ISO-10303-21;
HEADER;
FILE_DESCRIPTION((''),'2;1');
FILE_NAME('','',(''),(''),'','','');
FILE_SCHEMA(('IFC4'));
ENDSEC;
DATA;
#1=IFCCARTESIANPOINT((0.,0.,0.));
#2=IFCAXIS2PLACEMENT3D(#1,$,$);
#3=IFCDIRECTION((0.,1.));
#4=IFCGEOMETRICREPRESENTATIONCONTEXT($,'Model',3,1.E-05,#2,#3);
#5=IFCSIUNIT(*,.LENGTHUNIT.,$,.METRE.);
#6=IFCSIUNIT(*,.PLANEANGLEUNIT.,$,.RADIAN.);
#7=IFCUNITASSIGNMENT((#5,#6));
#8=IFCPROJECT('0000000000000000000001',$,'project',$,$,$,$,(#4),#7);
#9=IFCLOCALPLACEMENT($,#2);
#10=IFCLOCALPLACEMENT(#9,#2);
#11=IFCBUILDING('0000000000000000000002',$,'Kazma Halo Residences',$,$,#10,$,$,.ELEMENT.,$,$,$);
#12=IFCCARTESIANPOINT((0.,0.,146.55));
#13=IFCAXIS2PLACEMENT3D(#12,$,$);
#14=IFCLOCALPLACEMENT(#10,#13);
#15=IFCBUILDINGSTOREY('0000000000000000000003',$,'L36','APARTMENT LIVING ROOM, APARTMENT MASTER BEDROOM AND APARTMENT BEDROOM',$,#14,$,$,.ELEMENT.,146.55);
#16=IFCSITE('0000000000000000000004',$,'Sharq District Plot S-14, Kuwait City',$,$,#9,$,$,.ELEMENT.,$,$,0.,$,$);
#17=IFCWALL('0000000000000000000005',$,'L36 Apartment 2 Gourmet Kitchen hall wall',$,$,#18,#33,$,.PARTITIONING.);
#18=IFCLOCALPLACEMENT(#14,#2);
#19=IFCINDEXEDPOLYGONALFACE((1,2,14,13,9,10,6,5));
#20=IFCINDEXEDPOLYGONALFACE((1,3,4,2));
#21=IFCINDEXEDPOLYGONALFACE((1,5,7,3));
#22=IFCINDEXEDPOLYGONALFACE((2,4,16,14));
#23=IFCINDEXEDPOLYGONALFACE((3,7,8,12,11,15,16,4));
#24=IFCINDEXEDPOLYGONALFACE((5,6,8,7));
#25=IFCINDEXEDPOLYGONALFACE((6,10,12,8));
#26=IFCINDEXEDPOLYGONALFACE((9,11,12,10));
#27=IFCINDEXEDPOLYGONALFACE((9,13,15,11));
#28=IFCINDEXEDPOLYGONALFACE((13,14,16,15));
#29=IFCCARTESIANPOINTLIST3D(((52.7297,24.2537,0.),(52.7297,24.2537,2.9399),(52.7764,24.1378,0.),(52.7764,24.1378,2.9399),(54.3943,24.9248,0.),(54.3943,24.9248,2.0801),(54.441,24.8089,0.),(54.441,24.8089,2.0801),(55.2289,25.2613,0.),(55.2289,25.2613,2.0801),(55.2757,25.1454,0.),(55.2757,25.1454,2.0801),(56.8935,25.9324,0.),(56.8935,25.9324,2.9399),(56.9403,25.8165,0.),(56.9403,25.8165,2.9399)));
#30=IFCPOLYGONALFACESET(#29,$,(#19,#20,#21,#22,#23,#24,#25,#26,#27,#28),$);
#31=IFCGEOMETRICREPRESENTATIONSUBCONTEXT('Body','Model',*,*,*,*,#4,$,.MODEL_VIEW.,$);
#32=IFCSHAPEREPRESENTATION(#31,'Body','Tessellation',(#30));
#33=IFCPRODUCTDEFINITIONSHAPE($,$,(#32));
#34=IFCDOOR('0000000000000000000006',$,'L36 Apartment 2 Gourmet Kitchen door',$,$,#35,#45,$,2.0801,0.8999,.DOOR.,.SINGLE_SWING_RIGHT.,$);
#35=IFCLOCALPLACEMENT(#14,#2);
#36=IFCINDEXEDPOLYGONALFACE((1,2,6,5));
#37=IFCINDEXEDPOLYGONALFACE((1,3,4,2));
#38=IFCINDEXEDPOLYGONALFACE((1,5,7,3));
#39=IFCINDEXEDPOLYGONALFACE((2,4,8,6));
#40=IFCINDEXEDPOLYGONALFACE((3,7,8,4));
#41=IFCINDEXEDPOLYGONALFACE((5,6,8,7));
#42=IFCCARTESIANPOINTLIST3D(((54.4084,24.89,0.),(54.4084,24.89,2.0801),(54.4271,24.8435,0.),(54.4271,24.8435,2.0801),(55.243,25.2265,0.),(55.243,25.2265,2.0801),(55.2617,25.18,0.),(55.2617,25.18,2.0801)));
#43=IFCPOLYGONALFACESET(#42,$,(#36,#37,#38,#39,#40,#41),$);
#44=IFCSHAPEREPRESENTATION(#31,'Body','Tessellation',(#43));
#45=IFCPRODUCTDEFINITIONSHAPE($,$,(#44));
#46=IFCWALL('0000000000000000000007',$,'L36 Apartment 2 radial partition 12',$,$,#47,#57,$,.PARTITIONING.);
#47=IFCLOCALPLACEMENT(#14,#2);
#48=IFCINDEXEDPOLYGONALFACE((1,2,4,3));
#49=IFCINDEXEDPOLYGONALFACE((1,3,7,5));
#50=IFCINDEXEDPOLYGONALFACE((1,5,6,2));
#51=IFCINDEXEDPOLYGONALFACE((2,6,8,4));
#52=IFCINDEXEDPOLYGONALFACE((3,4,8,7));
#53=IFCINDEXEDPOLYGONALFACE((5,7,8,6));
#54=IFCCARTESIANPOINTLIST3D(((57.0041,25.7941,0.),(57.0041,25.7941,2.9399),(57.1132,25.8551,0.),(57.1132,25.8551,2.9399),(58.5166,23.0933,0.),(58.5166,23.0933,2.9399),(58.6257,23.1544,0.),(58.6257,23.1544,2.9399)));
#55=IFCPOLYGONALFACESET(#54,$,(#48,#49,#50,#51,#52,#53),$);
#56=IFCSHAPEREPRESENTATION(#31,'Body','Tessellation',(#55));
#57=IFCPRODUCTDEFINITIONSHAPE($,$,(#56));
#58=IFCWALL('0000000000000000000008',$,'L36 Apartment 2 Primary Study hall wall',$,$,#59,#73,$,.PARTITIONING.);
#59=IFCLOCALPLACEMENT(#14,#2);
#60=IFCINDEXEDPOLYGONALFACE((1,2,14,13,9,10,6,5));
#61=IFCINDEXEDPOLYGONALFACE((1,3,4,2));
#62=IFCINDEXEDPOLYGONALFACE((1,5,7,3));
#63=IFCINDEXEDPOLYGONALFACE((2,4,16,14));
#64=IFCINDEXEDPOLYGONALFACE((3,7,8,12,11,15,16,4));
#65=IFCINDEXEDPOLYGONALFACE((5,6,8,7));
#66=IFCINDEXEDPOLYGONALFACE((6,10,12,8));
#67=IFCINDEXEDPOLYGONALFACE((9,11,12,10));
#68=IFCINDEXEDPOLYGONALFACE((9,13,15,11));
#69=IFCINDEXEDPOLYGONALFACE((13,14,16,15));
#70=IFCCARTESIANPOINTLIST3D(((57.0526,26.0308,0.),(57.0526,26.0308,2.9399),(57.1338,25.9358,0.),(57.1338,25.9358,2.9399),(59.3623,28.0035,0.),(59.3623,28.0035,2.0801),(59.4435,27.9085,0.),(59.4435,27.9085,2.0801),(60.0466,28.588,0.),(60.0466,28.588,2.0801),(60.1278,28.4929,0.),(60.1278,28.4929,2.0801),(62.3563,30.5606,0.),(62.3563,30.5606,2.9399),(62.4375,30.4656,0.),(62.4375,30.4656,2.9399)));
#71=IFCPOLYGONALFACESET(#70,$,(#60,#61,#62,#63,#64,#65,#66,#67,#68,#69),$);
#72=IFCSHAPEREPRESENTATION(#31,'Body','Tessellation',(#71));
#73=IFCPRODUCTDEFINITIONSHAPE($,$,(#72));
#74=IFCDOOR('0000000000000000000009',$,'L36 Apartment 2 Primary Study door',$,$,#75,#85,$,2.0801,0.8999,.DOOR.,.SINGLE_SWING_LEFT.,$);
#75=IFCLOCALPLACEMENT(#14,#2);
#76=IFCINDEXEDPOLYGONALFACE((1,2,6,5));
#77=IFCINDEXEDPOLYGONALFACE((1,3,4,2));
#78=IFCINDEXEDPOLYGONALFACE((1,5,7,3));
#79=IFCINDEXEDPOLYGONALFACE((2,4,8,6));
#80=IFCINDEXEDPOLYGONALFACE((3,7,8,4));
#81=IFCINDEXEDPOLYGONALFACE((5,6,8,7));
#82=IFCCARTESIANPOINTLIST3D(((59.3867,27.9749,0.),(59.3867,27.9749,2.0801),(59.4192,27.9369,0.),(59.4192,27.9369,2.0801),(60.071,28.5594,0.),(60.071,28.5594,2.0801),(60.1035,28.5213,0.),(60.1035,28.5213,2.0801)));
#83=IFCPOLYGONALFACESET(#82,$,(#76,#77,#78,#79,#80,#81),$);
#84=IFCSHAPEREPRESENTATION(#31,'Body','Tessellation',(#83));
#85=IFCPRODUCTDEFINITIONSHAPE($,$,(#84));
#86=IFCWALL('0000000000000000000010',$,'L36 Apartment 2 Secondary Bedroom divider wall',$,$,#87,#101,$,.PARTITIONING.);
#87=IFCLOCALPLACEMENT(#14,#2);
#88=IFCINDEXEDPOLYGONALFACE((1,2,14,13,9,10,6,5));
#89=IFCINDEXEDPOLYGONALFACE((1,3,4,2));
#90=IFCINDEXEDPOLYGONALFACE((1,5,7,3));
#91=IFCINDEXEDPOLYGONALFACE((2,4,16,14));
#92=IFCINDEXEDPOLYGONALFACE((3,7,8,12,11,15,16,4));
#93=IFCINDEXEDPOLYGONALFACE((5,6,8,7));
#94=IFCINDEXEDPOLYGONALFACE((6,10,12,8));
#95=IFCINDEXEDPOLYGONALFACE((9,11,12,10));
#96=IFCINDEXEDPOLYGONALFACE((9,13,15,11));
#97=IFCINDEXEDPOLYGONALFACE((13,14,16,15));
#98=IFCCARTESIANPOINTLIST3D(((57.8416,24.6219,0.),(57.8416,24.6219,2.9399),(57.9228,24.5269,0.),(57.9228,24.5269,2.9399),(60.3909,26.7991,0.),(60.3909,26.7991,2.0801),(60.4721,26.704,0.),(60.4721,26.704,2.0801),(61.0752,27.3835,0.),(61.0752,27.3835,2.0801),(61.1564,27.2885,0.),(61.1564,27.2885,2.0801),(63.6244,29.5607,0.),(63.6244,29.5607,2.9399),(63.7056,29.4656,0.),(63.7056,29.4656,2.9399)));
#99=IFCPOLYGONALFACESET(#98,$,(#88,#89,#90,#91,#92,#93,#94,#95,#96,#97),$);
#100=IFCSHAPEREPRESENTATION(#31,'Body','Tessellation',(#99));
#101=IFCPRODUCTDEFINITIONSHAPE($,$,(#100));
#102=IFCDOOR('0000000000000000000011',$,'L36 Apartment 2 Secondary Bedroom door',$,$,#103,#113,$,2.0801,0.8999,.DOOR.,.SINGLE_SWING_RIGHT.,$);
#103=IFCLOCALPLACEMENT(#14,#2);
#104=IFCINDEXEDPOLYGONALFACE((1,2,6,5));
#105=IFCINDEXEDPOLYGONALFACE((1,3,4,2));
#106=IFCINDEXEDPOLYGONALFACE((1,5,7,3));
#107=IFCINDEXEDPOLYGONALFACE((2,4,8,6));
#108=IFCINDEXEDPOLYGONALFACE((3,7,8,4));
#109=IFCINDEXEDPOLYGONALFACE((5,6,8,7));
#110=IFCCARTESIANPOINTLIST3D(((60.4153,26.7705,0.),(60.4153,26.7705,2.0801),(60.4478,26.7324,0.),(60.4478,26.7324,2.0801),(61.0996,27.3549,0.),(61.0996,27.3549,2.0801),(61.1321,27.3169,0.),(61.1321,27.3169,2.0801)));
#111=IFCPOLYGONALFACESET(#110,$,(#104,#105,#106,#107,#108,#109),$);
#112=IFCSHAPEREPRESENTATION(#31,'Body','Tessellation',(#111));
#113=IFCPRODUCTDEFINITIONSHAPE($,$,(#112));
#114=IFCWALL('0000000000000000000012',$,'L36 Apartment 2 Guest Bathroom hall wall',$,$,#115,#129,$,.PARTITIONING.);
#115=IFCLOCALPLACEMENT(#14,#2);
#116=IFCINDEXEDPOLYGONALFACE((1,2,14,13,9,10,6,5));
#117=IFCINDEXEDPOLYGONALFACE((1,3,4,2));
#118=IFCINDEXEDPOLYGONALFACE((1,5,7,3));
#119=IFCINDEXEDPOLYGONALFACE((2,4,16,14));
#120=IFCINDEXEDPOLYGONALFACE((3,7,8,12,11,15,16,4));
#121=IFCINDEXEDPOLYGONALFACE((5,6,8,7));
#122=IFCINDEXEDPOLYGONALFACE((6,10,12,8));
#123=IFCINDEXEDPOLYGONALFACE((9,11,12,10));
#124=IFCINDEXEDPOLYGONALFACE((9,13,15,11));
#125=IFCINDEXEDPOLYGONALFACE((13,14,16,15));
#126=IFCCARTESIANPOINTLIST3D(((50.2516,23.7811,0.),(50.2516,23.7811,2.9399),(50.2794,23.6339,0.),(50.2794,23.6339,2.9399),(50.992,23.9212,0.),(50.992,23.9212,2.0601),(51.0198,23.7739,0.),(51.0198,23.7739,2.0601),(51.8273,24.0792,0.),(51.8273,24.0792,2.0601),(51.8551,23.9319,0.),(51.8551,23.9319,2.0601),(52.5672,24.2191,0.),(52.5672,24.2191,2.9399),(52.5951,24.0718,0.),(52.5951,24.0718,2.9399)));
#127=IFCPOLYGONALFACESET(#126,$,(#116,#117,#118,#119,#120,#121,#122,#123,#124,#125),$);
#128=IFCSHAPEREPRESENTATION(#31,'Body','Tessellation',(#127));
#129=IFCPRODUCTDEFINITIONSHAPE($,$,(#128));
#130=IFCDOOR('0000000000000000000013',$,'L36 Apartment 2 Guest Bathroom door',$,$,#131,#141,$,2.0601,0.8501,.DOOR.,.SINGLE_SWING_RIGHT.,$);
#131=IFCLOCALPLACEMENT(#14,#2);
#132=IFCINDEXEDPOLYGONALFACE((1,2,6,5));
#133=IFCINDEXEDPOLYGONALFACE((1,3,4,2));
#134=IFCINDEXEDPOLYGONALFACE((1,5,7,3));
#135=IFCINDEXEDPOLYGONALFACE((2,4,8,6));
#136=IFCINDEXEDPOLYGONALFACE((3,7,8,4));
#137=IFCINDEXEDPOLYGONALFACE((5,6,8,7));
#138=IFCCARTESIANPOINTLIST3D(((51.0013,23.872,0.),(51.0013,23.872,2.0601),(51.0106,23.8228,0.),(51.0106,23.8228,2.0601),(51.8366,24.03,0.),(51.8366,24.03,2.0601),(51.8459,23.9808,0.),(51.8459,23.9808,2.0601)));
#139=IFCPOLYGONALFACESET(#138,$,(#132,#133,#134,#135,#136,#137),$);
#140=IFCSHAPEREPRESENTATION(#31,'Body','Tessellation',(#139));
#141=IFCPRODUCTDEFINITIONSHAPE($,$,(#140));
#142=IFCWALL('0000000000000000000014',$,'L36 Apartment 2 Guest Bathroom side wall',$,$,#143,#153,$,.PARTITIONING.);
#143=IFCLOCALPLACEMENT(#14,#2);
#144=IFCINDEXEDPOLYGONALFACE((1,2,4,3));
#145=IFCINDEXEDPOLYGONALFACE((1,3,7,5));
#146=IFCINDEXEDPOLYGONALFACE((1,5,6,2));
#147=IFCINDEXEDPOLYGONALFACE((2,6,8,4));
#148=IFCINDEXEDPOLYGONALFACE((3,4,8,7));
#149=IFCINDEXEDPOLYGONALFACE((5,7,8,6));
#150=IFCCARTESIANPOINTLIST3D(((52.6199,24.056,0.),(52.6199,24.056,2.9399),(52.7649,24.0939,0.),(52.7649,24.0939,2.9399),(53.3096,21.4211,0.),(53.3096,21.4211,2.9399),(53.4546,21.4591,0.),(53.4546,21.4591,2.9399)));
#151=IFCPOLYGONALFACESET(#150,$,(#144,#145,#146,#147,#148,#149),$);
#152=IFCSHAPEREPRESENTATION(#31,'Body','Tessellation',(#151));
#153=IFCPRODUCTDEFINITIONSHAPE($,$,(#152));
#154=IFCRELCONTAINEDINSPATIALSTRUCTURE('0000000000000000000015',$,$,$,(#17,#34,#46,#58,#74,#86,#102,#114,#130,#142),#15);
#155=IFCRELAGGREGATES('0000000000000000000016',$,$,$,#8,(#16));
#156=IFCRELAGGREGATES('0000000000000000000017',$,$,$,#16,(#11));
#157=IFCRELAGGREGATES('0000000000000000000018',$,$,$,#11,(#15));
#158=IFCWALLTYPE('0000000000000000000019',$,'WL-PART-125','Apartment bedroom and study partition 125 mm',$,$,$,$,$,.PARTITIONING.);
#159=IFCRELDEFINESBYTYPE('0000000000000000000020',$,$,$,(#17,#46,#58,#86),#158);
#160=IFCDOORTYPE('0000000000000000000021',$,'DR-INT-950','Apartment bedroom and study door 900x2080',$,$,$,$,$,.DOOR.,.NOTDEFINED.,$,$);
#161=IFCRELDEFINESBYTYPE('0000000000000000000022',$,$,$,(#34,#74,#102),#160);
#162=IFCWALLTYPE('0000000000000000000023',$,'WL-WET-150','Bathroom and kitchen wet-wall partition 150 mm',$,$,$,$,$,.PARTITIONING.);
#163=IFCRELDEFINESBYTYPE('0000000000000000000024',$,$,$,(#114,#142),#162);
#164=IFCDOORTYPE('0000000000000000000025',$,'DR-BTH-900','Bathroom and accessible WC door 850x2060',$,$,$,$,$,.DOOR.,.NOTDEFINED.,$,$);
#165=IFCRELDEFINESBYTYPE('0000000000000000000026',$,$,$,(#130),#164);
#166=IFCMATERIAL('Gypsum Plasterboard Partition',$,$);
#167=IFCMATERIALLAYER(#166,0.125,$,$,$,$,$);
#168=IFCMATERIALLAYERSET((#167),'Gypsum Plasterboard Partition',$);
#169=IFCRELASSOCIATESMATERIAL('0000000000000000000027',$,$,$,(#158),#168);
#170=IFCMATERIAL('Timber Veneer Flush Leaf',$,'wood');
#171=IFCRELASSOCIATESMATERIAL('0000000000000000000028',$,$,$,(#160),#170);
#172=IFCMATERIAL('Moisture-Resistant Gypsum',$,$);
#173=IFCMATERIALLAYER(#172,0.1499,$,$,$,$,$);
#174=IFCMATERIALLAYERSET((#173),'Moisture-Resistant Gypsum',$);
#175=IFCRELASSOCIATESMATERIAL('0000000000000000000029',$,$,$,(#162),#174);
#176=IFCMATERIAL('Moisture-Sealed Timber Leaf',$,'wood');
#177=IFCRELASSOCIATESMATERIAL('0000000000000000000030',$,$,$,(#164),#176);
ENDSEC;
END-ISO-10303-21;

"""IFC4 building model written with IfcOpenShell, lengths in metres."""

from ifc_helpers import new_model, si_unit, direction, frame, frame_2d, origin, place, context, subcontext, project, spatial, rectangle, extrude, material, layer, layer_set, type_object, element, fill, save


model = new_model("IFC4")

# Units and contexts
model_context = context("Model", 3, precision=1e-05, world=origin(), true_north=direction((0.0, 1.0)))
body_context = subcontext(model_context, "Body", "Model", "MODEL_VIEW")
ifc_project = project(units=[si_unit("LENGTHUNIT", "METRE"), si_unit("PLANEANGLEUNIT", "RADIAN")], contexts=[model_context])

# Site, building, storey
site_placement = place(None, origin())
site = spatial("IfcSite", under=ifc_project, at=site_placement, Name="Sharq District Plot S-14, Kuwait City", CompositionType="ELEMENT", RefElevation=0.0)
building_placement = place(site_placement, origin())
building = spatial("IfcBuilding", under=site, at=building_placement, Name="Kazma Halo Residences", CompositionType="ELEMENT")
storey_placement = place(building_placement, frame((0.0, 0.0, 146.55)))
storey = spatial("IfcBuildingStorey", under=building, at=storey_placement, Name="L36", Description="APARTMENT LIVING ROOM, APARTMENT MASTER BEDROOM AND APARTMENT BEDROOM", CompositionType="ELEMENT", Elevation=146.55)

# Wall, opening, door
ifc_material_1 = material(Name="Gypsum Plasterboard Partition")
ifc_layer_1 = layer(ifc_material_1, 0.125)
ifc_layer_set_1 = layer_set([ifc_layer_1], Name="Gypsum Plasterboard Partition")
wall_type_1 = type_object("IfcWallType", Name="WL-PART-125", Description="Apartment bedroom and study partition 125 mm", PredefinedType="PARTITIONING", material=ifc_layer_set_1)
wall_1_placement = place(storey_placement, frame((52.7532, 24.1958, 0.0), z_axis=(0.0, 0.0, 1.0), x_axis=(0.927461, 0.373921, 0.0)))
wall_1 = element("IfcWall", 1, at=wall_1_placement, inside=storey, type_object=wall_type_1, Name="L36 Apartment 2 Gourmet Kitchen hall wall", PredefinedType="PARTITIONING", context=body_context, shape_type="SweptSolid", body=[
    extrude(rectangle(XDim=4.4895, YDim=0.125, at=frame_2d((2.2446, 0.0))), origin(), (0.0, 0.0, 1.0), 2.9399),
])
opening_1_placement = place(wall_1_placement, frame((1.7947, 0.0, 0.0)))
opening_1 = element("IfcOpeningElement", 2, at=opening_1_placement, cuts=wall_1, PredefinedType="OPENING", context=body_context, shape_type="SweptSolid", body=[
    extrude(rectangle(XDim=0.8999, YDim=2.0801, at=frame_2d((0.45, 1.04))), frame((0.0, 0.0725, 0.0), z_axis=(0.0, -1.0, 0.0), x_axis=(1.0, 0.0, 0.0)), (0.0, 0.0, 1.0), 0.145),
])
ifc_material_2 = material(Name="Timber Veneer Flush Leaf", Category="wood")
door_type_1 = type_object("IfcDoorType", Name="DR-INT-950", Description="Apartment bedroom and study door 900x2080", OperationType="NOTDEFINED", PredefinedType="DOOR", material=ifc_material_2)
door_1_placement = place(opening_1_placement, origin())
door_1 = element("IfcDoor", 3, at=door_1_placement, inside=storey, type_object=door_type_1, Name="L36 Apartment 2 Gourmet Kitchen door", OperationType="SINGLE_SWING_RIGHT", OverallHeight=2.0801, OverallWidth=0.8999, PredefinedType="DOOR", context=body_context, shape_type="SweptSolid", body=[
    extrude(rectangle(XDim=0.8999, YDim=2.0801, at=frame_2d((0.45, 1.04))), frame((0.0, 0.0249, 0.0), z_axis=(0.0, -1.0, 0.0), x_axis=(1.0, 0.0, 0.0)), (0.0, 0.0, 1.0), 0.05),
])
fill(opening_1, door_1)

# Wall
wall_2_placement = place(storey_placement, frame((57.0586, 25.8247, 0.0), z_axis=(0.0, 0.0, 1.0), x_axis=(0.48862, -0.872497, 0.0)))
element("IfcWall", 4, at=wall_2_placement, inside=storey, type_object=wall_type_1, Name="L36 Apartment 2 radial partition 12", PredefinedType="PARTITIONING", context=body_context, shape_type="SweptSolid", body=[
    extrude(rectangle(XDim=3.0955, YDim=0.125, at=frame_2d((1.5479, 0.0))), origin(), (0.0, 0.0, 1.0), 2.9399),
])

# Walls, openings, doors
wall_3_placement = place(storey_placement, frame((57.0933, 25.9834, 0.0), z_axis=(0.0, 0.0, 1.0), x_axis=(0.760407, 0.649447, 0.0)))
wall_3 = element("IfcWall", 5, at=wall_3_placement, inside=storey, type_object=wall_type_1, Name="L36 Apartment 2 Primary Study hall wall", PredefinedType="PARTITIONING", context=body_context, shape_type="SweptSolid", body=[
    extrude(rectangle(XDim=6.9749, YDim=0.125, at=frame_2d((3.4873, 0.0))), origin(), (0.0, 0.0, 1.0), 2.9399),
])
opening_2_placement = place(wall_3_placement, frame((3.0374, 0.0, 0.0)))
opening_2 = element("IfcOpeningElement", 6, at=opening_2_placement, cuts=wall_3, PredefinedType="OPENING", context=body_context, shape_type="SweptSolid", body=[
    extrude(rectangle(XDim=0.8999, YDim=2.0801, at=frame_2d((0.45, 1.04))), frame((0.0, 0.0725, 0.0), z_axis=(0.0, -1.0, 0.0), x_axis=(1.0, 0.0, 0.0)), (0.0, 0.0, 1.0), 0.145),
])
door_2_placement = place(opening_2_placement, origin())
door_2 = element("IfcDoor", 7, at=door_2_placement, inside=storey, type_object=door_type_1, Name="L36 Apartment 2 Primary Study door", OperationType="SINGLE_SWING_LEFT", OverallHeight=2.0801, OverallWidth=0.8999, PredefinedType="DOOR", context=body_context, shape_type="SweptSolid", body=[
    extrude(rectangle(XDim=0.8999, YDim=2.0801, at=frame_2d((0.45, 1.04))), frame((0.0, 0.0249, 0.0), z_axis=(0.0, -1.0, 0.0), x_axis=(1.0, 0.0, 0.0)), (0.0, 0.0, 1.0), 0.05),
])
fill(opening_2, door_2)
wall_4_placement = place(storey_placement, frame((57.8823, 24.5745, 0.0), z_axis=(0.0, 0.0, 1.0), x_axis=(0.760418, 0.649434, 0.0)))
wall_4 = element("IfcWall", 8, at=wall_4_placement, inside=storey, type_object=wall_type_1, Name="L36 Apartment 2 Secondary Bedroom divider wall", PredefinedType="PARTITIONING", context=body_context, shape_type="SweptSolid", body=[
    extrude(rectangle(XDim=7.6047, YDim=0.125, at=frame_2d((3.8022, 0.0))), origin(), (0.0, 0.0, 1.0), 2.9399),
])
opening_3_placement = place(wall_4_placement, frame((3.3523, 0.0, 0.0)))
opening_3 = element("IfcOpeningElement", 9, at=opening_3_placement, cuts=wall_4, PredefinedType="OPENING", context=body_context, shape_type="SweptSolid", body=[
    extrude(rectangle(XDim=0.8999, YDim=2.0801, at=frame_2d((0.45, 1.04))), frame((0.0, 0.0725, 0.0), z_axis=(0.0, -1.0, 0.0), x_axis=(1.0, 0.0, 0.0)), (0.0, 0.0, 1.0), 0.145),
])
door_3_placement = place(opening_3_placement, origin())
door_3 = element("IfcDoor", 10, at=door_3_placement, inside=storey, type_object=door_type_1, Name="L36 Apartment 2 Secondary Bedroom door", OperationType="SINGLE_SWING_RIGHT", OverallHeight=2.0801, OverallWidth=0.8999, PredefinedType="DOOR", context=body_context, shape_type="SweptSolid", body=[
    extrude(rectangle(XDim=0.8999, YDim=2.0801, at=frame_2d((0.45, 1.04))), frame((0.0, 0.0249, 0.0), z_axis=(0.0, -1.0, 0.0), x_axis=(1.0, 0.0, 0.0)), (0.0, 0.0, 1.0), 0.05),
])
fill(opening_3, door_3)
ifc_material_3 = material(Name="Moisture-Resistant Gypsum")
ifc_layer_2 = layer(ifc_material_3, 0.1499)
ifc_layer_set_2 = layer_set([ifc_layer_2], Name="Moisture-Resistant Gypsum")
wall_type_2 = type_object("IfcWallType", Name="WL-WET-150", Description="Bathroom and kitchen wet-wall partition 150 mm", PredefinedType="PARTITIONING", material=ifc_layer_set_2)
wall_5_placement = place(storey_placement, frame((50.2656, 23.7075, 0.0), z_axis=(0.0, 0.0, 1.0), x_axis=(0.982579, 0.185846, 0.0)))
wall_5 = element("IfcWall", 11, at=wall_5_placement, inside=storey, type_object=wall_type_2, Name="L36 Apartment 2 Guest Bathroom hall wall", PredefinedType="PARTITIONING", context=body_context, shape_type="SweptSolid", body=[
    extrude(rectangle(XDim=2.3567, YDim=0.1499, at=frame_2d((1.1782, 0.0))), origin(), (0.0, 0.0, 1.0), 2.9399),
])
opening_4_placement = place(wall_5_placement, frame((0.7534, 0.0, 0.0)))
opening_4 = element("IfcOpeningElement", 12, at=opening_4_placement, cuts=wall_5, PredefinedType="OPENING", context=body_context, shape_type="SweptSolid", body=[
    extrude(rectangle(XDim=0.8501, YDim=2.0601, at=frame_2d((0.425, 1.03))), frame((0.0, 0.085, 0.0), z_axis=(0.0, -1.0, 0.0), x_axis=(1.0, 0.0, 0.0)), (0.0, 0.0, 1.0), 0.1699),
])
ifc_material_4 = material(Name="Moisture-Sealed Timber Leaf", Category="wood")
door_type_2 = type_object("IfcDoorType", Name="DR-BTH-900", Description="Bathroom and accessible WC door 850x2060", OperationType="NOTDEFINED", PredefinedType="DOOR", material=ifc_material_4)
door_4_placement = place(opening_4_placement, origin())
door_4 = element("IfcDoor", 13, at=door_4_placement, inside=storey, type_object=door_type_2, Name="L36 Apartment 2 Guest Bathroom door", OperationType="SINGLE_SWING_RIGHT", OverallHeight=2.0601, OverallWidth=0.8501, PredefinedType="DOOR", context=body_context, shape_type="SweptSolid", body=[
    extrude(rectangle(XDim=0.8501, YDim=2.0601, at=frame_2d((0.425, 1.03))), frame((0.0, 0.0249, 0.0), z_axis=(0.0, -1.0, 0.0), x_axis=(1.0, 0.0, 0.0)), (0.0, 0.0, 1.0), 0.05),
])
fill(opening_4, door_4)

# Wall
wall_6_placement = place(storey_placement, frame((52.6924, 24.075, 0.0), z_axis=(0.0, 0.0, 1.0), x_axis=(0.253236, -0.967405, 0.0)))
element("IfcWall", 14, at=wall_6_placement, inside=storey, type_object=wall_type_2, Name="L36 Apartment 2 Guest Bathroom side wall", PredefinedType="PARTITIONING", context=body_context, shape_type="SweptSolid", body=[
    extrude(rectangle(XDim=2.7236, YDim=0.1499, at=frame_2d((1.3618, 0.0))), origin(), (0.0, 0.0, 1.0), 2.9399),
])

save(model, "model.ifc")
